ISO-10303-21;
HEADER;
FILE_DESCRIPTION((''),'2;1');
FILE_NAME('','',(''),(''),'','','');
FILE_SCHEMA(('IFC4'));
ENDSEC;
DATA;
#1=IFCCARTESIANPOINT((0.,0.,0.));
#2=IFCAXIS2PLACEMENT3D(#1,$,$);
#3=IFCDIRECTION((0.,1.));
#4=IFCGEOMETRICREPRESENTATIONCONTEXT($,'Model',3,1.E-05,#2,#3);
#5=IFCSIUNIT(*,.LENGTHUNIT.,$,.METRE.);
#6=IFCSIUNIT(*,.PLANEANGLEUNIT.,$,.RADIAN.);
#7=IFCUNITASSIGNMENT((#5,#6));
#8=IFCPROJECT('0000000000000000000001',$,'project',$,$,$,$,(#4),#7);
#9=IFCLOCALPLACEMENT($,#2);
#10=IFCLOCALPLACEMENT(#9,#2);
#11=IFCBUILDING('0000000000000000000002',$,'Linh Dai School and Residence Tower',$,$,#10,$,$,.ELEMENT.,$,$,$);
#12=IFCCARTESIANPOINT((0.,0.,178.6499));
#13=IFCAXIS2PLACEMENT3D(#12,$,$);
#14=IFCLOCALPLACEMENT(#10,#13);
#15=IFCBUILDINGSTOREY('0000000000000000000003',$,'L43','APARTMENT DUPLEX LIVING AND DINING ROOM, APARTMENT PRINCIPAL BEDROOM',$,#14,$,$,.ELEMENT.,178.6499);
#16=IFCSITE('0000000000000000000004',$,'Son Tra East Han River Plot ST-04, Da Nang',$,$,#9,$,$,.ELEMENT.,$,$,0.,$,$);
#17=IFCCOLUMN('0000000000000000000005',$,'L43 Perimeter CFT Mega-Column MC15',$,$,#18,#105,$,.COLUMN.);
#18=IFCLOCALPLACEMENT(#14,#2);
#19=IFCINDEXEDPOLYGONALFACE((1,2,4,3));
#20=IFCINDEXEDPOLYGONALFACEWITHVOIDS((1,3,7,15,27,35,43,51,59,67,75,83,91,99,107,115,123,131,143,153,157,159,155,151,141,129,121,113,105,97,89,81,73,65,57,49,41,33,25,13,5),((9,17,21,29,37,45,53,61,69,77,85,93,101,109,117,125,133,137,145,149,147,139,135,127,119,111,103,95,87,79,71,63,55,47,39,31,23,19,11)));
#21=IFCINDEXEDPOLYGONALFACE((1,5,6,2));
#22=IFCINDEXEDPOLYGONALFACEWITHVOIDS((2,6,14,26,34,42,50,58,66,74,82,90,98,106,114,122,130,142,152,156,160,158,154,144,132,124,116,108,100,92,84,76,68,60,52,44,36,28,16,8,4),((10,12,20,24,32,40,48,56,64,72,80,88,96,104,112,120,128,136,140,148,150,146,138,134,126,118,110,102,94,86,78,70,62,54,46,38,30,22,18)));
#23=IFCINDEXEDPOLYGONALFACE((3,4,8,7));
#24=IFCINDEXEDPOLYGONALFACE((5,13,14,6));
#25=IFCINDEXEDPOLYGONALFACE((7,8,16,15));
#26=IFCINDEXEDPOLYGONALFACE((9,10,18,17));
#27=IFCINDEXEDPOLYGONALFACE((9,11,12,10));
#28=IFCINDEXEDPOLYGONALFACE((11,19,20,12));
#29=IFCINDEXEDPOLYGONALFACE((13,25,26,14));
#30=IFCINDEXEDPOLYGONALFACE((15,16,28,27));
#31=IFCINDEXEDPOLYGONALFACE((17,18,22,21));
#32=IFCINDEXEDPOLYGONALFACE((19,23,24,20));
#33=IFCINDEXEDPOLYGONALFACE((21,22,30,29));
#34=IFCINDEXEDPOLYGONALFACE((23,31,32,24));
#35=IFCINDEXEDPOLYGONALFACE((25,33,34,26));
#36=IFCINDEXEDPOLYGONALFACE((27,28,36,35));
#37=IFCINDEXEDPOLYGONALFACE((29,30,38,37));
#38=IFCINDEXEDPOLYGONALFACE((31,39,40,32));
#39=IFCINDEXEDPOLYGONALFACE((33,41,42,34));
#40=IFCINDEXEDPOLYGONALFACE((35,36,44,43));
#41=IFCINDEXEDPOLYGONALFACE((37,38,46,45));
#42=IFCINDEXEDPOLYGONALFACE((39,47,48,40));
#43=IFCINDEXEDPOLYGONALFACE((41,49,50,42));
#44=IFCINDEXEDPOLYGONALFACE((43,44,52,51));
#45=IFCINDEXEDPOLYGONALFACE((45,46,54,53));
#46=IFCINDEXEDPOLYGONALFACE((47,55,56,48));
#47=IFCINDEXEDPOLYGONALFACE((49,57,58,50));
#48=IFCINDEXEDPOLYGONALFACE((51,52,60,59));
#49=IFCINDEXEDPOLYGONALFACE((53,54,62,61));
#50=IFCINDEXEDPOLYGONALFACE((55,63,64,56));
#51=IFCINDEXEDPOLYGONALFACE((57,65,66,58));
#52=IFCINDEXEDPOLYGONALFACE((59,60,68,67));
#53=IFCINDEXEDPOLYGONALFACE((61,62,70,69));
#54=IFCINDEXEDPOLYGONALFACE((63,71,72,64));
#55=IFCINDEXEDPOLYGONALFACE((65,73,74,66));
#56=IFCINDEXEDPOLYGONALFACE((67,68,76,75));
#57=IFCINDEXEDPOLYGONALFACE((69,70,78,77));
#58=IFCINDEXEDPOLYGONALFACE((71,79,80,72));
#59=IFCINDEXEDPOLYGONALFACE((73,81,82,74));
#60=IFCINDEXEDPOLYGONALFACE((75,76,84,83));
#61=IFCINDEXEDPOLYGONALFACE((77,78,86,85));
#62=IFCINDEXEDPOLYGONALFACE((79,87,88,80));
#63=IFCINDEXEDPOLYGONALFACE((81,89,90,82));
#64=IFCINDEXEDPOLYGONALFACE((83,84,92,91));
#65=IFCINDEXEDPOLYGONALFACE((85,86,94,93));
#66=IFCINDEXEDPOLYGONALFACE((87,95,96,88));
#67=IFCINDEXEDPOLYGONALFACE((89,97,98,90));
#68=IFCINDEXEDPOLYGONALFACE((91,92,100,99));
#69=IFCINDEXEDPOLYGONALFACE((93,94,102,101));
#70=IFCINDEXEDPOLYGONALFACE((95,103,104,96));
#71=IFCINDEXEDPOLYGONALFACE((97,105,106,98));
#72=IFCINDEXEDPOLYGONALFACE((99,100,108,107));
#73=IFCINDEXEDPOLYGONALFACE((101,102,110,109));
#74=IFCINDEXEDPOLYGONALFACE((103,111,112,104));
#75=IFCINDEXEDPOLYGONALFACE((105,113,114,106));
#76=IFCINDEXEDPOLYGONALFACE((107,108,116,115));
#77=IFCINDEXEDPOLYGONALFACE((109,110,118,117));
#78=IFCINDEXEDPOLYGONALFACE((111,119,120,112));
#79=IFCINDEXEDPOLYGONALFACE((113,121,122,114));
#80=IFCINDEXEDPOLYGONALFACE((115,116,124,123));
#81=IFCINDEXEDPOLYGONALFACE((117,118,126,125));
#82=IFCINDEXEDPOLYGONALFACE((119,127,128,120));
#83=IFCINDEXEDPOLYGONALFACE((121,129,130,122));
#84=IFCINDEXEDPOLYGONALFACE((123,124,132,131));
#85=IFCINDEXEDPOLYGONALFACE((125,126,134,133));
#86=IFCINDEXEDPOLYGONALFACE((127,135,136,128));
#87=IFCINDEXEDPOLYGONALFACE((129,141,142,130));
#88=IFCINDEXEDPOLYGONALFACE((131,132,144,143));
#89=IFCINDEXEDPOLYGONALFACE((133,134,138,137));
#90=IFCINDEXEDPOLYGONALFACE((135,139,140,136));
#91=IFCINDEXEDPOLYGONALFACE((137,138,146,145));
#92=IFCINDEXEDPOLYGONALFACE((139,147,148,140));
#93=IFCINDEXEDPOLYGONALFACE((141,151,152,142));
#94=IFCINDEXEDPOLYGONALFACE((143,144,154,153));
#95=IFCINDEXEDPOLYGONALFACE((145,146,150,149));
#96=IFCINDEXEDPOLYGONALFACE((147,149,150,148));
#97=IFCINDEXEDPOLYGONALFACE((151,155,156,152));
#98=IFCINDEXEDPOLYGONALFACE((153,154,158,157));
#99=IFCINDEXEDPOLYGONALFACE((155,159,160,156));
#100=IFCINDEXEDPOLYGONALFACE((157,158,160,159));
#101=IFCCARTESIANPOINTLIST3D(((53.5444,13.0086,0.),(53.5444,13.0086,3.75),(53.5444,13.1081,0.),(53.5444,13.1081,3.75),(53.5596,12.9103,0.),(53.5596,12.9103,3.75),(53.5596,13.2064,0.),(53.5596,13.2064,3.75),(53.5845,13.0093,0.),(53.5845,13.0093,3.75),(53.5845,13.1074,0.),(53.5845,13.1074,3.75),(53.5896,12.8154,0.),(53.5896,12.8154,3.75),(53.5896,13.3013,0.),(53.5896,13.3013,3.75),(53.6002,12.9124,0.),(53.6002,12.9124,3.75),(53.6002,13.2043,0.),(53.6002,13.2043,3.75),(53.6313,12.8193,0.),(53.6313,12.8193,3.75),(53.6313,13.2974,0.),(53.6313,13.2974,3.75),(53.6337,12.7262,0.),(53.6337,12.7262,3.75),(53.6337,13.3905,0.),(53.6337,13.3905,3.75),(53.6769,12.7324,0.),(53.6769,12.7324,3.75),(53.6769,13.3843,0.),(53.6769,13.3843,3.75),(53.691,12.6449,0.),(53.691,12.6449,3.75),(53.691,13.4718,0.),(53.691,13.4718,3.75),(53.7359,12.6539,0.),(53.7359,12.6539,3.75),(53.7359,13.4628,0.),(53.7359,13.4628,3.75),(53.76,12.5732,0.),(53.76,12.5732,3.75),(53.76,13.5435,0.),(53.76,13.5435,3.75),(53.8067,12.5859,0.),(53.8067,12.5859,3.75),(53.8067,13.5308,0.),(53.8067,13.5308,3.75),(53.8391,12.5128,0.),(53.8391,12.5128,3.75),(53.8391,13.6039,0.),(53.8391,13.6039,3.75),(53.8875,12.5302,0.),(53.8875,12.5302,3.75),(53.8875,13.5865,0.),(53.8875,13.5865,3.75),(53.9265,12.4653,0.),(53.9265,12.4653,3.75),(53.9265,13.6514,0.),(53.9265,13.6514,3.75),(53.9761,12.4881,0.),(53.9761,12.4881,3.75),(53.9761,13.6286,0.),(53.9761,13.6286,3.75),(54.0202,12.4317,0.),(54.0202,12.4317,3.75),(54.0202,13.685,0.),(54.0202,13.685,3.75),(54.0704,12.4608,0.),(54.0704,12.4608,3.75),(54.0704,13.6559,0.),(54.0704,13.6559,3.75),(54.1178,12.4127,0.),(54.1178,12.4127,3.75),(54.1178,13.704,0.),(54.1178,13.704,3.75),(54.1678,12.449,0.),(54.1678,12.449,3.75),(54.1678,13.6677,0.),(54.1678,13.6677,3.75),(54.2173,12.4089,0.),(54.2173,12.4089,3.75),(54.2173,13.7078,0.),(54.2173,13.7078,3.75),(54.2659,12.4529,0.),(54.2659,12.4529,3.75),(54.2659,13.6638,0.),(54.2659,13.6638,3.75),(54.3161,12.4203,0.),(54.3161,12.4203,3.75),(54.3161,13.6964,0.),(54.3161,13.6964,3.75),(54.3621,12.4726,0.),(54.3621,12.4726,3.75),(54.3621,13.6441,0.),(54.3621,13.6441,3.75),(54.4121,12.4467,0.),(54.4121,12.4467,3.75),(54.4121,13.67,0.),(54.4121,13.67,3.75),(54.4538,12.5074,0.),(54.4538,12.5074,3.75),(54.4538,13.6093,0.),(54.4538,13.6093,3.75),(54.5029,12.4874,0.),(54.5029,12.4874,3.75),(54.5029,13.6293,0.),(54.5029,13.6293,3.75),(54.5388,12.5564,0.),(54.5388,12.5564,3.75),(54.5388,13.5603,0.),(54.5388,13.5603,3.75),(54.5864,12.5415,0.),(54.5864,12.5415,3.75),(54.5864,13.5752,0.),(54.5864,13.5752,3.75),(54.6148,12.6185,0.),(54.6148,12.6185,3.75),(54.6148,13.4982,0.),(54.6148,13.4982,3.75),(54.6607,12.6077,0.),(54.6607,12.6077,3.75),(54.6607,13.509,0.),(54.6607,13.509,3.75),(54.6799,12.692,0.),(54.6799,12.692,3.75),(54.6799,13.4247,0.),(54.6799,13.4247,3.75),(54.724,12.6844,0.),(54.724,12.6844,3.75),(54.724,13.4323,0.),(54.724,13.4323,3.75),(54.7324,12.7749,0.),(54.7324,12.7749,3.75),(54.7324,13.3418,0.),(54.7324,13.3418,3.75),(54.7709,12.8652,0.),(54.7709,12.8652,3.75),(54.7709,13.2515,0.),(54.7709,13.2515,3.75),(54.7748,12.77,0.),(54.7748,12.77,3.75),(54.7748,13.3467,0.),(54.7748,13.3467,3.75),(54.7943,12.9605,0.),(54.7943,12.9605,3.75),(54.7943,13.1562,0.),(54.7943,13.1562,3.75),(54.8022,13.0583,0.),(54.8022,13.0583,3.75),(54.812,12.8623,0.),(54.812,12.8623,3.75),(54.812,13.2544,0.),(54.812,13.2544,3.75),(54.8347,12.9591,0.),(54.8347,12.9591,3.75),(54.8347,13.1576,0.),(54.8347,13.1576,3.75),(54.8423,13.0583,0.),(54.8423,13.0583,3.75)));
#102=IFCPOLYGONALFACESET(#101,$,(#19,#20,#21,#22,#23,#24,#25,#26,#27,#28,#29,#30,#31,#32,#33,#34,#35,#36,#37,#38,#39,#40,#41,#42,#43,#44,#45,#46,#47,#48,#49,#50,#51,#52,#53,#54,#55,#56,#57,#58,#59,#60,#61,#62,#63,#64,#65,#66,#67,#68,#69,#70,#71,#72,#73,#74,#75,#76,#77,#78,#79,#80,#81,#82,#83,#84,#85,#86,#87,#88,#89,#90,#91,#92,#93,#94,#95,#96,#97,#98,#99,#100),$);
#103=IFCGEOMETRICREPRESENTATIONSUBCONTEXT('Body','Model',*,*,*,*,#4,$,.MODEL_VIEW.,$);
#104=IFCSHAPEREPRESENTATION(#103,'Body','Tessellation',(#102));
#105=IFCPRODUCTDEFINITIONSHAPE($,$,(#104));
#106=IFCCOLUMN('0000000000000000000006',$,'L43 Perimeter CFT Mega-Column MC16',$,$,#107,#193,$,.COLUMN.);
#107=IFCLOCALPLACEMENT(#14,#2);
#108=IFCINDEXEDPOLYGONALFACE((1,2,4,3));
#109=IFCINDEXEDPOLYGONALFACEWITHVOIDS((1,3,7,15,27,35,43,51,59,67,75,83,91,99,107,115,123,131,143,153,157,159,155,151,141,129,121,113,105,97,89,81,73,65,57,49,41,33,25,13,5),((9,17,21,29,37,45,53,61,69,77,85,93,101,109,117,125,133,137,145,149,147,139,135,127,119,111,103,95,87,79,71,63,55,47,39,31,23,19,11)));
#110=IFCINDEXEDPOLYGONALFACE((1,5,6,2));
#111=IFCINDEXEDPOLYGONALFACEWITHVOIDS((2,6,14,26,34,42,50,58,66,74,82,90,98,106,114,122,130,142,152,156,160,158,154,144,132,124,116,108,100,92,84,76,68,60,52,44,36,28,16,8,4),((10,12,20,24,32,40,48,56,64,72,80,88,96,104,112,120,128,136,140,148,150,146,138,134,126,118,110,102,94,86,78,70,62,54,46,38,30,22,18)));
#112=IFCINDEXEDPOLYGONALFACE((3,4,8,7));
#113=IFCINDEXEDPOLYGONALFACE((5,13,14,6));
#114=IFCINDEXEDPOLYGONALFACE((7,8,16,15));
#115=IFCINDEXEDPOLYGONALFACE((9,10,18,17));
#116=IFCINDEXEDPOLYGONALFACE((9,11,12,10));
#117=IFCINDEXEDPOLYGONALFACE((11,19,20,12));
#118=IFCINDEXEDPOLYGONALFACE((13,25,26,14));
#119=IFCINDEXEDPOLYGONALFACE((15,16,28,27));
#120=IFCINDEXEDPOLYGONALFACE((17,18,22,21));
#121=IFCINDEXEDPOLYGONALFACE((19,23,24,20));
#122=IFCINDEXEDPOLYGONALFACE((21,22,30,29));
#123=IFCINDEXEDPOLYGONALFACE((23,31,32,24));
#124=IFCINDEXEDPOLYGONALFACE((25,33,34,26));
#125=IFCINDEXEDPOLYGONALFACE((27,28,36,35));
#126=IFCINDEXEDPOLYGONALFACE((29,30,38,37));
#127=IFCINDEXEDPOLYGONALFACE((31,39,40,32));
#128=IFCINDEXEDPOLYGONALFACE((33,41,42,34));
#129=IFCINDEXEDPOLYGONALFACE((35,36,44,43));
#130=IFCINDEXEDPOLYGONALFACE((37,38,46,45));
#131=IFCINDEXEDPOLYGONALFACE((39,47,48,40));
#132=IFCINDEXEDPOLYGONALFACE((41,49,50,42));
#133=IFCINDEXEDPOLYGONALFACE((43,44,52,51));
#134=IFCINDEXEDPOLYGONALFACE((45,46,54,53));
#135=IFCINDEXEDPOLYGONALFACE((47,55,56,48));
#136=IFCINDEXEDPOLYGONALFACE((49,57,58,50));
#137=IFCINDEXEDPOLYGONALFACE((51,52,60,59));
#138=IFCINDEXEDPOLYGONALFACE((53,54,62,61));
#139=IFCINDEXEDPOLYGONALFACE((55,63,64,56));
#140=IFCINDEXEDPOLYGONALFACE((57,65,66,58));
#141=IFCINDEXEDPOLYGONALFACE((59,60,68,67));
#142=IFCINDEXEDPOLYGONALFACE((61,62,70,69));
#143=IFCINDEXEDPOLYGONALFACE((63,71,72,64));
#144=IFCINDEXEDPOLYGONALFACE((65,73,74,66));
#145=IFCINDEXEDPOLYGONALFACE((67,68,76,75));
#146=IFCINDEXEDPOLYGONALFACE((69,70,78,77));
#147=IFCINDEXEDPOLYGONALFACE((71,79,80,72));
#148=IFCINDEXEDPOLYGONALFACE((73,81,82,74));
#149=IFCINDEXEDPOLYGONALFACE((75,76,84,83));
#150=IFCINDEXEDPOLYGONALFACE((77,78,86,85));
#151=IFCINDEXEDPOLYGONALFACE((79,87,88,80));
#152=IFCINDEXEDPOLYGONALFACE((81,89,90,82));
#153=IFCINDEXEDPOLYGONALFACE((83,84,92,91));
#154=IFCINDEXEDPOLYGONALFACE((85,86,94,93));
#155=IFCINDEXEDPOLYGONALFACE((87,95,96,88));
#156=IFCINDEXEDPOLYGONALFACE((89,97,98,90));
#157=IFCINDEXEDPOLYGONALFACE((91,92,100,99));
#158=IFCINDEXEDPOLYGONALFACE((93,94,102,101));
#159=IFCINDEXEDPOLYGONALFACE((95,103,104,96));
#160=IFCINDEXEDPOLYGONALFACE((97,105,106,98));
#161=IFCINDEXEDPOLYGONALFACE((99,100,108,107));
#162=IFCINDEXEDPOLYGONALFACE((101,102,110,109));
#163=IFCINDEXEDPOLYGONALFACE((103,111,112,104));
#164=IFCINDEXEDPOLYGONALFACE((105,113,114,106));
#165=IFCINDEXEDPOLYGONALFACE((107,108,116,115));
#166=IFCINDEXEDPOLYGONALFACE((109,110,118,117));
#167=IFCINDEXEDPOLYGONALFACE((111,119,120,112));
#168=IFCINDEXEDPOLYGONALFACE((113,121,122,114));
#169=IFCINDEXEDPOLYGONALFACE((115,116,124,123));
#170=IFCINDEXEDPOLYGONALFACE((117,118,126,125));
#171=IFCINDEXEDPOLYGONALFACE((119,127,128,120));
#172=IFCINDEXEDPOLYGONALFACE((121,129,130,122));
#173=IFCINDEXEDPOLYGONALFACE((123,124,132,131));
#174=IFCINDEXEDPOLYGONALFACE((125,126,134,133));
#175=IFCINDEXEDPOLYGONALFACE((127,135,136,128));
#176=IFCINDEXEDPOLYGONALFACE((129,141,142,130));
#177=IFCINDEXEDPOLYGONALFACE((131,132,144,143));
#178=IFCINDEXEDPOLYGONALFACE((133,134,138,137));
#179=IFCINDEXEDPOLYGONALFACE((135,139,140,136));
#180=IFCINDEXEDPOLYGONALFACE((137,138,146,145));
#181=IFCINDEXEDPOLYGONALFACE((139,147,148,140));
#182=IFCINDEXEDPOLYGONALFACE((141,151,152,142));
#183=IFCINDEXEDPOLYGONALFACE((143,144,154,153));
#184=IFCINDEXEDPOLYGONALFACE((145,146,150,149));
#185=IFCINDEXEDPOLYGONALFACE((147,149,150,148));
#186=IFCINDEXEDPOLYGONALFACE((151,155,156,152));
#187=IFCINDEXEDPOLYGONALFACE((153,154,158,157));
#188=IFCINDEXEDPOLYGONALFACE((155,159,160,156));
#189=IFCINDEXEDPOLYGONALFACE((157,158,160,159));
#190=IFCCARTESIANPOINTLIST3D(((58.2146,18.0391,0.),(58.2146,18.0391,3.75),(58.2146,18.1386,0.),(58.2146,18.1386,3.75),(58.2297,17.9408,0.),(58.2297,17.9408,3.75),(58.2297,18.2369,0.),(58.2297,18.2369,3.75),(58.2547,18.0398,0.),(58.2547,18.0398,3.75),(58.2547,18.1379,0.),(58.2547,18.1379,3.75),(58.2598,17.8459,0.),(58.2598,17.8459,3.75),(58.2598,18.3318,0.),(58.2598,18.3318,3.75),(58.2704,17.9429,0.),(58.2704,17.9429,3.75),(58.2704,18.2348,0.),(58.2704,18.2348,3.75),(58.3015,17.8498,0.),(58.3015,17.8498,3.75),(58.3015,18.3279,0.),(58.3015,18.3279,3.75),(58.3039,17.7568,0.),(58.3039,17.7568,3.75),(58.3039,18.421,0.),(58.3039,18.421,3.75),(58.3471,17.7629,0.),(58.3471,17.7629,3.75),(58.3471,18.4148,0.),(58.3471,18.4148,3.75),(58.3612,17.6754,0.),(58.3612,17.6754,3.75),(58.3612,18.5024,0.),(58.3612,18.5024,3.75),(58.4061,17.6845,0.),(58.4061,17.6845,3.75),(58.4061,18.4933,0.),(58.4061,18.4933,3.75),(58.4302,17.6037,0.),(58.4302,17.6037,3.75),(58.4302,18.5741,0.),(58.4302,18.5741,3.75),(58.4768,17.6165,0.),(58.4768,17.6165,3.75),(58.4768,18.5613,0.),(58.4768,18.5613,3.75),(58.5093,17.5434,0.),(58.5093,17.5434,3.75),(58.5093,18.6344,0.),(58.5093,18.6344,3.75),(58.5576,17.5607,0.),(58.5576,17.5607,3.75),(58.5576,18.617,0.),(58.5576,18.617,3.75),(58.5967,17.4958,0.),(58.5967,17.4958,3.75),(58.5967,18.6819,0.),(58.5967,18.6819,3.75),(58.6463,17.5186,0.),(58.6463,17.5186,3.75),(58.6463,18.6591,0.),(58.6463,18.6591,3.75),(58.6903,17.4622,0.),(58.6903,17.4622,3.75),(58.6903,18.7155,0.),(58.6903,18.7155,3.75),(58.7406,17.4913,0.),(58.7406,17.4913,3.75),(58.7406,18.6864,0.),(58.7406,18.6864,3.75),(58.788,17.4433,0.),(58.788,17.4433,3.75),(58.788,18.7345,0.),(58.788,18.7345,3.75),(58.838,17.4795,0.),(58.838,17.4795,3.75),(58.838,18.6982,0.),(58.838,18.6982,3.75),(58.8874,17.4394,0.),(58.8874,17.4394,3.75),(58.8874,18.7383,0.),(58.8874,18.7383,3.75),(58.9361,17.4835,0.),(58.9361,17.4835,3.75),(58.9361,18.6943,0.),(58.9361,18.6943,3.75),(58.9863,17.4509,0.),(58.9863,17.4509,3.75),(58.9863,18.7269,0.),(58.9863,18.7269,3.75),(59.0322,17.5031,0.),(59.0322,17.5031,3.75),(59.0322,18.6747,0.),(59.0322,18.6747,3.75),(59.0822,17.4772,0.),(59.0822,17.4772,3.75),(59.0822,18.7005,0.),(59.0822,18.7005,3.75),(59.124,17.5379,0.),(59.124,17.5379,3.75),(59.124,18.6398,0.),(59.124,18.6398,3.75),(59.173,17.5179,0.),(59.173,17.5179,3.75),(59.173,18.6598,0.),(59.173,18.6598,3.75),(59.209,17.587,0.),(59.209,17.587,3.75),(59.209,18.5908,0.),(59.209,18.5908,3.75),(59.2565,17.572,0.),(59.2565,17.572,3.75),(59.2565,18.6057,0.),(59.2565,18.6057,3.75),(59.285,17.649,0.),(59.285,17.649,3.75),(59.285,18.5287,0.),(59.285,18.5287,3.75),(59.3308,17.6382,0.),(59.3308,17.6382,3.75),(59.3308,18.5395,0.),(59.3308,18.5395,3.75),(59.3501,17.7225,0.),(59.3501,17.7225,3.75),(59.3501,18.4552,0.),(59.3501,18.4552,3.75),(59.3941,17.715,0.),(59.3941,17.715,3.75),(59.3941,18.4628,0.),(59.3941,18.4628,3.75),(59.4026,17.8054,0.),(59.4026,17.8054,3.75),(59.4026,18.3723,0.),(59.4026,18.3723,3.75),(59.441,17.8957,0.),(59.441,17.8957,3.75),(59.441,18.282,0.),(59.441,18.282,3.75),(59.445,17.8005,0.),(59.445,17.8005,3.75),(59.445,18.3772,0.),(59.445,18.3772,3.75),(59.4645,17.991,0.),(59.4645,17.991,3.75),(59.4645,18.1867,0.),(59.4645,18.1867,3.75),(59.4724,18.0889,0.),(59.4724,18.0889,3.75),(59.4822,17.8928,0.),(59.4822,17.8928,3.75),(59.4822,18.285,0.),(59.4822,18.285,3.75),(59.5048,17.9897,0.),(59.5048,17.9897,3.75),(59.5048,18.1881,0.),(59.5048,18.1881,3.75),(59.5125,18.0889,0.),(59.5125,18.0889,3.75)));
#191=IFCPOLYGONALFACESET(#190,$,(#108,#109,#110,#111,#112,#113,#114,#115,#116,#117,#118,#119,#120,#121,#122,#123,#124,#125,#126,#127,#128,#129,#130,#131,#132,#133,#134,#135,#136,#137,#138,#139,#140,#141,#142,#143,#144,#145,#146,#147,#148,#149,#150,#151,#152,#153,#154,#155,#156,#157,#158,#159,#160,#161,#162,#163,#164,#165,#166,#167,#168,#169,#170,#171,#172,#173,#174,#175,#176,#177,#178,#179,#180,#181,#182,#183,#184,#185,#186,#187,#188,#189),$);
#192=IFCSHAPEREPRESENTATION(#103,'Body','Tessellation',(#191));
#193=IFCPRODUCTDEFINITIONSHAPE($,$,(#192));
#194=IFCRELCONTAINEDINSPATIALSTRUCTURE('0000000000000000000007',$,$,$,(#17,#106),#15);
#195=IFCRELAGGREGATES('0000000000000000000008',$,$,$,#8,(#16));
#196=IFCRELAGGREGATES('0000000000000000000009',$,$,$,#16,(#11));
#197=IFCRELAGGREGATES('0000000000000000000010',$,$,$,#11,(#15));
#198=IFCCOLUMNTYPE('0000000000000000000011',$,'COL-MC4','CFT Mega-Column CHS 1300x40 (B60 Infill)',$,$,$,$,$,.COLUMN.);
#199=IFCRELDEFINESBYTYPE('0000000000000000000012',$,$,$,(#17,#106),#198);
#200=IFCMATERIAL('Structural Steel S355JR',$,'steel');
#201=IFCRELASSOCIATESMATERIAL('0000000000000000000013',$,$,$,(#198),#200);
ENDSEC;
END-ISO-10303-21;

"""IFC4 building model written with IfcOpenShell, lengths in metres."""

from ifc_helpers import new_model, si_unit, direction, frame, origin, origin_2d, place, context, subcontext, project, spatial, hollow_circle, extrude, material, material_profile, profile_set, type_object, element, save


model = new_model("IFC4")

# Units and contexts
model_context = context("Model", 3, precision=1e-05, world=origin(), true_north=direction((0.0, 1.0)))
body_context = subcontext(model_context, "Body", "Model", "MODEL_VIEW")
ifc_project = project(units=[si_unit("LENGTHUNIT", "METRE"), si_unit("PLANEANGLEUNIT", "RADIAN")], contexts=[model_context])

# Site, building, storey
site_placement = place(None, origin())
site = spatial("IfcSite", under=ifc_project, at=site_placement, Name="Son Tra East Han River Plot ST-04, Da Nang", CompositionType="ELEMENT", RefElevation=0.0)
building_placement = place(site_placement, origin())
building = spatial("IfcBuilding", under=site, at=building_placement, Name="Linh Dai School and Residence Tower", CompositionType="ELEMENT")
storey_placement = place(building_placement, frame((0.0, 0.0, 178.6499)))
storey = spatial("IfcBuildingStorey", under=building, at=storey_placement, Name="L43", Description="APARTMENT DUPLEX LIVING AND DINING ROOM, APARTMENT PRINCIPAL BEDROOM", CompositionType="ELEMENT", Elevation=178.6499)

# Columns
ifc_material_1 = material(Name="Structural Steel S355JR", Category="steel")
ifc_material_profile_1 = material_profile(ifc_material_1, hollow_circle(Radius=0.6499, WallThickness=0.04, at=origin_2d()), Name="CHS 1300x40")
ifc_profile_set_1 = profile_set([ifc_material_profile_1], Name="Structural Steel S355JR")
column_type = type_object("IfcColumnType", Name="COL-MC4", Description="CFT Mega-Column CHS 1300x40 (B60 Infill)", PredefinedType="COLUMN", material=ifc_profile_set_1)
for number, where, z_axis, x_axis, name in (
    (1, (54.1924, 13.0583, 0.0), (0.0, 0.0, 1.0), (1.0, 0.0, 0.0), "L43 Perimeter CFT Mega-Column MC15"),
    (2, (58.8625, 18.0889, 0.0), (0.0, 0.0, 1.0), (1.0, 0.0, 0.0), "L43 Perimeter CFT Mega-Column MC16"),
):
    element("IfcColumn", number, at=place(storey_placement, frame(where, z_axis=z_axis, x_axis=x_axis)), inside=storey, type_object=column_type, Name=name, PredefinedType="COLUMN", context=body_context, shape_type="SweptSolid", body=[
        extrude(hollow_circle(Radius=0.6499, WallThickness=0.04, at=origin_2d()), origin(), (0.0, 0.0, 1.0), 3.75),
    ])

save(model, "model.ifc")
